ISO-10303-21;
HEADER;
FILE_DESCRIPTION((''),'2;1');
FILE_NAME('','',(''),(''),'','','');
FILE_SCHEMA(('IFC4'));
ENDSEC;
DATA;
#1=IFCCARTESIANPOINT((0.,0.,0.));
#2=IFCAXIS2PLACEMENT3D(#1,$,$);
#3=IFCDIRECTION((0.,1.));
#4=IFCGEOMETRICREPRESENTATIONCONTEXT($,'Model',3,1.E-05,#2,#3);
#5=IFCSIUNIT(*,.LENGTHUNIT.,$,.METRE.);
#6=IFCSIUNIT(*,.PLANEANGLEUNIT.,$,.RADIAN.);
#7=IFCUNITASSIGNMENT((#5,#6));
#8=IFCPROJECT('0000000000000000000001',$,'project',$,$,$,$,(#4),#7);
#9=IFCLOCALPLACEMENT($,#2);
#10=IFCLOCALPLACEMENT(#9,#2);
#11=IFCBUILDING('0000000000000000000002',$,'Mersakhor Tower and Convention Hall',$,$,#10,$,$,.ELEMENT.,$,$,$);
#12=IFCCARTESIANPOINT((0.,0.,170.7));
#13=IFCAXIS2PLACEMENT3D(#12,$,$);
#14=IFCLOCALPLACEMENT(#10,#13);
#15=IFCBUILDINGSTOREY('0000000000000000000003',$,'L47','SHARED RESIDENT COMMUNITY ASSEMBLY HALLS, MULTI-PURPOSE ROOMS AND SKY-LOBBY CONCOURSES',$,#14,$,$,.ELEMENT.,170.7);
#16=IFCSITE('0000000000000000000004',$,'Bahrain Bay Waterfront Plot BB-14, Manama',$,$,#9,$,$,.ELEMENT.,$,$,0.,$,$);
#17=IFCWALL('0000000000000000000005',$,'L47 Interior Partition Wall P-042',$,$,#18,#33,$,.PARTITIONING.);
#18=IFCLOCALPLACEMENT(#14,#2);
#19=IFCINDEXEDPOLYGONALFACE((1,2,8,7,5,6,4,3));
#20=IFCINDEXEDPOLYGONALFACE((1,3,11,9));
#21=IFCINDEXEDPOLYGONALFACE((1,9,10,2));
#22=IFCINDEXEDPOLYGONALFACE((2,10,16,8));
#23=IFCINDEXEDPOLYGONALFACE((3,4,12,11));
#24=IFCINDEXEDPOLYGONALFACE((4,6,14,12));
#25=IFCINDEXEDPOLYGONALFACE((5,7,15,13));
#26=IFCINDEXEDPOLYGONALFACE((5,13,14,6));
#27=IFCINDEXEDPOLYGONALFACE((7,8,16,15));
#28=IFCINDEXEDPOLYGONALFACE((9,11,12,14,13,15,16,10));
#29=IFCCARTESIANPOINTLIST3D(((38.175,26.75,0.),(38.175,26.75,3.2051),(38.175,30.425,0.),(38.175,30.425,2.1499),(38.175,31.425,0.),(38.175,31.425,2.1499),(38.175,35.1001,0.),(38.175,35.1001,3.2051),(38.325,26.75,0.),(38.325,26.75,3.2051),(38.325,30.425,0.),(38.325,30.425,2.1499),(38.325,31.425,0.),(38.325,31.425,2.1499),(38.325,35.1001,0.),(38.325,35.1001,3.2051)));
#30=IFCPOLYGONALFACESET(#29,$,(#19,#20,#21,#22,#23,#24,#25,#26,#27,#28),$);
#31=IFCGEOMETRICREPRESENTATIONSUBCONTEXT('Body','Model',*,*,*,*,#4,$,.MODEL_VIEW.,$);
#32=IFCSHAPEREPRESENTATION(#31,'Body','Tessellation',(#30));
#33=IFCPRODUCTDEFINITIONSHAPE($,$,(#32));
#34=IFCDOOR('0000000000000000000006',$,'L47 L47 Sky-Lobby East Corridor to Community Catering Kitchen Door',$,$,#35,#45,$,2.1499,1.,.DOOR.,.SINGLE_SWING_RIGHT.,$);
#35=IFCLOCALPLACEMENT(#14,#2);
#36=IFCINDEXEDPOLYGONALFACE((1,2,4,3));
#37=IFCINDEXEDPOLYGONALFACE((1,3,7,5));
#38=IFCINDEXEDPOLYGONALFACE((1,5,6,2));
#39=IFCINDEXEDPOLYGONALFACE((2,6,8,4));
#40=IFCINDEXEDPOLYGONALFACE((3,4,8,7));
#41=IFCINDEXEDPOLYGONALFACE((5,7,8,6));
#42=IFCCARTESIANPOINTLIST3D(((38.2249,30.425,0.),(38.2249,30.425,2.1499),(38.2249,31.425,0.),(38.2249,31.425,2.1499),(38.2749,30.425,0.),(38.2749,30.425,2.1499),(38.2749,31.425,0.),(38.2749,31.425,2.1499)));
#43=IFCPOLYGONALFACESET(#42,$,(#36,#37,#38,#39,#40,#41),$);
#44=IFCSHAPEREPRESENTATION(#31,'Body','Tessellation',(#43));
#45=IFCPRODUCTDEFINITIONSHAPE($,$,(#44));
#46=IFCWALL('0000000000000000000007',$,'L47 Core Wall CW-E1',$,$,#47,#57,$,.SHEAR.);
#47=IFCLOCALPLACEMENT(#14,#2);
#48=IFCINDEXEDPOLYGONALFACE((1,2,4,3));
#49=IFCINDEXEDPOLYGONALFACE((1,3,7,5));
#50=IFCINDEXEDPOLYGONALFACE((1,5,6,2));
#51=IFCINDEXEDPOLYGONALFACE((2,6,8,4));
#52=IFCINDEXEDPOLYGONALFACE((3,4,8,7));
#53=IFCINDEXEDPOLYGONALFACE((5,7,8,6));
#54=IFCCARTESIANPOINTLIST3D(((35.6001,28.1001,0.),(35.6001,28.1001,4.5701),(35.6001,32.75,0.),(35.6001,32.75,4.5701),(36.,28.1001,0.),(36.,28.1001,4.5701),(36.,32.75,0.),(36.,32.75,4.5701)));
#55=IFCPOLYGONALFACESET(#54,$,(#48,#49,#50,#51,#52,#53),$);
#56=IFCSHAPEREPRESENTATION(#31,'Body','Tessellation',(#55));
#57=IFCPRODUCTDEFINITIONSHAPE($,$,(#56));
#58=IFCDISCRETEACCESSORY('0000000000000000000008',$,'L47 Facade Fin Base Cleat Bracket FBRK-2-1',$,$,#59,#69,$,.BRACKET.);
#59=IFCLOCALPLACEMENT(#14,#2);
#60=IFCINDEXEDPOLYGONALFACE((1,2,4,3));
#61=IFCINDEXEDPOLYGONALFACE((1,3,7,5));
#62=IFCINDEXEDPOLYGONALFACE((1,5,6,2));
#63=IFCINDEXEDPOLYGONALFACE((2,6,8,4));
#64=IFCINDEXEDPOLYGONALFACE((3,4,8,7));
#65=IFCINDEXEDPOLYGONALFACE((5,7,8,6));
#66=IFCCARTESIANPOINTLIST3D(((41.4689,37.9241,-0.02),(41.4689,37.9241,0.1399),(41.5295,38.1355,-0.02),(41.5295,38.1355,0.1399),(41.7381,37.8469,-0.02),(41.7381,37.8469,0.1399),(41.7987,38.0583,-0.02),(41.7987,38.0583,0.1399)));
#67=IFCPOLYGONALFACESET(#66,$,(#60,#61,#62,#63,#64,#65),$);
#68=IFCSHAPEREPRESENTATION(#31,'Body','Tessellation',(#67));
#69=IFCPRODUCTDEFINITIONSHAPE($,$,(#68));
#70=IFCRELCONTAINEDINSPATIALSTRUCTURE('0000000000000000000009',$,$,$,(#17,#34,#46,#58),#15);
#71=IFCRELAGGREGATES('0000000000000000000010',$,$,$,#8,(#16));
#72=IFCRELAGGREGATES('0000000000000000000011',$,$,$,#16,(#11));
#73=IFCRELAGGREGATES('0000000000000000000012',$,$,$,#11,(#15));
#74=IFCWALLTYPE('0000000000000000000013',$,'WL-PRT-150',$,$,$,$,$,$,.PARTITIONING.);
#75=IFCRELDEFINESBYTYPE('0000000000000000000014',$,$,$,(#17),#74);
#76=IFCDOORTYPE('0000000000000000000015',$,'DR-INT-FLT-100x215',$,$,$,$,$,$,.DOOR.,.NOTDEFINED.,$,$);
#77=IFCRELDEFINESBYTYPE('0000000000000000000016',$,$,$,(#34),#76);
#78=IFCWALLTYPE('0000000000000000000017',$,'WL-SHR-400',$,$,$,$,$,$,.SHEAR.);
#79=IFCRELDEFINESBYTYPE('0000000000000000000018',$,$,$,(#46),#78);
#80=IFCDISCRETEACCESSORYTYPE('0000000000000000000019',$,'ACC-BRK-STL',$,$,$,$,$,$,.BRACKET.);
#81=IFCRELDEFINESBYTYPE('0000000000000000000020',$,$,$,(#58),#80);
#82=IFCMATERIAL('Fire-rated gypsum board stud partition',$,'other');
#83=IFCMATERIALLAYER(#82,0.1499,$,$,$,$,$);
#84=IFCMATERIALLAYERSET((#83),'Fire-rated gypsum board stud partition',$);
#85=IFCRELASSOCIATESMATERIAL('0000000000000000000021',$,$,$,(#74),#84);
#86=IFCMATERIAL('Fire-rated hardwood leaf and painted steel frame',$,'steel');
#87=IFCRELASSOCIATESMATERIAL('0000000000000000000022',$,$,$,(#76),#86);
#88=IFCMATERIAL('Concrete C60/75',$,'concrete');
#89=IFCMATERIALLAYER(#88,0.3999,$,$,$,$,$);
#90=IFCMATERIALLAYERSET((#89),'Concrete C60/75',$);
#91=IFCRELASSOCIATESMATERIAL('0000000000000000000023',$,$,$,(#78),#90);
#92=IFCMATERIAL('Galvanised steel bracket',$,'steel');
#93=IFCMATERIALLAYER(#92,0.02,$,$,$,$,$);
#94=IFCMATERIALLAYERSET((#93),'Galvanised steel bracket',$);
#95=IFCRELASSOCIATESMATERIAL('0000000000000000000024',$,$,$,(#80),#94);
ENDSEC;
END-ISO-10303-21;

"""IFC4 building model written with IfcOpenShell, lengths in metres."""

from ifc_helpers import new_model, si_unit, direction, frame, frame_2d, origin, origin_2d, place, context, subcontext, project, spatial, rectangle, extrude, material, layer, layer_set, type_object, element, fill, save


model = new_model("IFC4")

# Units and contexts
model_context = context("Model", 3, precision=1e-05, world=origin(), true_north=direction((0.0, 1.0)))
body_context = subcontext(model_context, "Body", "Model", "MODEL_VIEW")
ifc_project = project(units=[si_unit("LENGTHUNIT", "METRE"), si_unit("PLANEANGLEUNIT", "RADIAN")], contexts=[model_context])

# Site, building, storey
site_placement = place(None, origin())
site = spatial("IfcSite", under=ifc_project, at=site_placement, Name="Bahrain Bay Waterfront Plot BB-14, Manama", CompositionType="ELEMENT", RefElevation=0.0)
building_placement = place(site_placement, origin())
building = spatial("IfcBuilding", under=site, at=building_placement, Name="Mersakhor Tower and Convention Hall", CompositionType="ELEMENT")
storey_placement = place(building_placement, frame((0.0, 0.0, 170.7)))
storey = spatial("IfcBuildingStorey", under=building, at=storey_placement, Name="L47", Description="SHARED RESIDENT COMMUNITY ASSEMBLY HALLS, MULTI-PURPOSE ROOMS AND SKY-LOBBY CONCOURSES", CompositionType="ELEMENT", Elevation=170.7)

# Shared definitions
ifc_material_1 = material(Name="Fire-rated gypsum board stud partition", Category="other")
ifc_layer_1 = layer(ifc_material_1, 0.1499)
ifc_layer_set_1 = layer_set([ifc_layer_1], Name="Fire-rated gypsum board stud partition")
wall_type_1 = type_object("IfcWallType", Name="WL-PRT-150", PredefinedType="PARTITIONING", material=ifc_layer_set_1)
ifc_material_2 = material(Name="Fire-rated hardwood leaf and painted steel frame", Category="steel")
door_type_1 = type_object("IfcDoorType", Name="DR-INT-FLT-100x215", OperationType="NOTDEFINED", PredefinedType="DOOR", material=ifc_material_2)

# Wall, opening, door
wall_1_placement = place(storey_placement, frame((38.25, 35.1001, 0.0), z_axis=(0.0, 0.0, 1.0), x_axis=(0.0, -1.0, 0.0)))
wall_1 = element("IfcWall", 1, at=wall_1_placement, inside=storey, type_object=wall_type_1, Name="L47 Interior Partition Wall P-042", PredefinedType="PARTITIONING", context=body_context, shape_type="SweptSolid", body=[
    extrude(rectangle(XDim=8.3501, YDim=0.1499, at=frame_2d((4.175, 0.0))), origin(), (0.0, 0.0, 1.0), 3.2051),
])
opening_1_placement = place(wall_1_placement, frame((3.675, 0.0, 0.0)))
opening_1 = element("IfcOpeningElement", 2, at=opening_1_placement, cuts=wall_1, PredefinedType="OPENING", context=body_context, shape_type="SweptSolid", body=[
    extrude(rectangle(XDim=1.0, YDim=2.1499, at=frame_2d((0.5, 1.075))), frame((0.0, 0.085, 0.0), z_axis=(0.0, -1.0, 0.0), x_axis=(1.0, 0.0, 0.0)), (0.0, 0.0, 1.0), 0.1699),
])
door_1_placement = place(opening_1_placement, origin())
door_1 = element("IfcDoor", 3, at=door_1_placement, inside=storey, type_object=door_type_1, Name="L47 L47 Sky-Lobby East Corridor to Community Catering Kitchen Door", OperationType="SINGLE_SWING_RIGHT", OverallHeight=2.1499, OverallWidth=1.0, PredefinedType="DOOR", context=body_context, shape_type="SweptSolid", body=[
    extrude(rectangle(XDim=1.0, YDim=2.1499, at=frame_2d((0.5, 1.075))), frame((0.0, 0.0249, 0.0), z_axis=(0.0, -1.0, 0.0), x_axis=(1.0, 0.0, 0.0)), (0.0, 0.0, 1.0), 0.05),
])
fill(opening_1, door_1)
ifc_material_3 = material(Name="Concrete C60/75", Category="concrete")
ifc_layer_2 = layer(ifc_material_3, 0.3999)
ifc_layer_set_2 = layer_set([ifc_layer_2], Name="Concrete C60/75")
wall_type_2 = type_object("IfcWallType", Name="WL-SHR-400", PredefinedType="SHEAR", material=ifc_layer_set_2)

# Wall
wall_2_placement = place(storey_placement, frame((35.8, 32.75, 0.0), z_axis=(0.0, 0.0, 1.0), x_axis=(0.0, -1.0, 0.0)))
element("IfcWall", 4, at=wall_2_placement, inside=storey, type_object=wall_type_2, Name="L47 Core Wall CW-E1", PredefinedType="SHEAR", context=body_context, shape_type="SweptSolid", body=[
    extrude(rectangle(XDim=4.6499, YDim=0.3999, at=frame_2d((2.325, 0.0))), origin(), (0.0, 0.0, 1.0), 4.5701),
])

# Discrete accessory
ifc_material_4 = material(Name="Galvanised steel bracket", Category="steel")
ifc_layer_3 = layer(ifc_material_4, 0.02)
ifc_layer_set_3 = layer_set([ifc_layer_3], Name="Galvanised steel bracket")
discrete_accessory_type = type_object("IfcDiscreteAccessoryType", Name="ACC-BRK-STL", PredefinedType="BRACKET", material=ifc_layer_set_3)
discrete_accessory_placement = place(storey_placement, frame((41.6338, 37.9912, -0.02), z_axis=(0.0, 0.0, 1.0), x_axis=(0.961262, -0.275637, 0.0)))
element("IfcDiscreteAccessory", 5, at=discrete_accessory_placement, inside=storey, type_object=discrete_accessory_type, Name="L47 Facade Fin Base Cleat Bracket FBRK-2-1", PredefinedType="BRACKET", context=body_context, shape_type="SweptSolid", body=[
    extrude(rectangle(XDim=0.28, YDim=0.22, at=origin_2d()), origin(), (0.0, 0.0, 1.0), 0.1599),
])

save(model, "model.ifc")
